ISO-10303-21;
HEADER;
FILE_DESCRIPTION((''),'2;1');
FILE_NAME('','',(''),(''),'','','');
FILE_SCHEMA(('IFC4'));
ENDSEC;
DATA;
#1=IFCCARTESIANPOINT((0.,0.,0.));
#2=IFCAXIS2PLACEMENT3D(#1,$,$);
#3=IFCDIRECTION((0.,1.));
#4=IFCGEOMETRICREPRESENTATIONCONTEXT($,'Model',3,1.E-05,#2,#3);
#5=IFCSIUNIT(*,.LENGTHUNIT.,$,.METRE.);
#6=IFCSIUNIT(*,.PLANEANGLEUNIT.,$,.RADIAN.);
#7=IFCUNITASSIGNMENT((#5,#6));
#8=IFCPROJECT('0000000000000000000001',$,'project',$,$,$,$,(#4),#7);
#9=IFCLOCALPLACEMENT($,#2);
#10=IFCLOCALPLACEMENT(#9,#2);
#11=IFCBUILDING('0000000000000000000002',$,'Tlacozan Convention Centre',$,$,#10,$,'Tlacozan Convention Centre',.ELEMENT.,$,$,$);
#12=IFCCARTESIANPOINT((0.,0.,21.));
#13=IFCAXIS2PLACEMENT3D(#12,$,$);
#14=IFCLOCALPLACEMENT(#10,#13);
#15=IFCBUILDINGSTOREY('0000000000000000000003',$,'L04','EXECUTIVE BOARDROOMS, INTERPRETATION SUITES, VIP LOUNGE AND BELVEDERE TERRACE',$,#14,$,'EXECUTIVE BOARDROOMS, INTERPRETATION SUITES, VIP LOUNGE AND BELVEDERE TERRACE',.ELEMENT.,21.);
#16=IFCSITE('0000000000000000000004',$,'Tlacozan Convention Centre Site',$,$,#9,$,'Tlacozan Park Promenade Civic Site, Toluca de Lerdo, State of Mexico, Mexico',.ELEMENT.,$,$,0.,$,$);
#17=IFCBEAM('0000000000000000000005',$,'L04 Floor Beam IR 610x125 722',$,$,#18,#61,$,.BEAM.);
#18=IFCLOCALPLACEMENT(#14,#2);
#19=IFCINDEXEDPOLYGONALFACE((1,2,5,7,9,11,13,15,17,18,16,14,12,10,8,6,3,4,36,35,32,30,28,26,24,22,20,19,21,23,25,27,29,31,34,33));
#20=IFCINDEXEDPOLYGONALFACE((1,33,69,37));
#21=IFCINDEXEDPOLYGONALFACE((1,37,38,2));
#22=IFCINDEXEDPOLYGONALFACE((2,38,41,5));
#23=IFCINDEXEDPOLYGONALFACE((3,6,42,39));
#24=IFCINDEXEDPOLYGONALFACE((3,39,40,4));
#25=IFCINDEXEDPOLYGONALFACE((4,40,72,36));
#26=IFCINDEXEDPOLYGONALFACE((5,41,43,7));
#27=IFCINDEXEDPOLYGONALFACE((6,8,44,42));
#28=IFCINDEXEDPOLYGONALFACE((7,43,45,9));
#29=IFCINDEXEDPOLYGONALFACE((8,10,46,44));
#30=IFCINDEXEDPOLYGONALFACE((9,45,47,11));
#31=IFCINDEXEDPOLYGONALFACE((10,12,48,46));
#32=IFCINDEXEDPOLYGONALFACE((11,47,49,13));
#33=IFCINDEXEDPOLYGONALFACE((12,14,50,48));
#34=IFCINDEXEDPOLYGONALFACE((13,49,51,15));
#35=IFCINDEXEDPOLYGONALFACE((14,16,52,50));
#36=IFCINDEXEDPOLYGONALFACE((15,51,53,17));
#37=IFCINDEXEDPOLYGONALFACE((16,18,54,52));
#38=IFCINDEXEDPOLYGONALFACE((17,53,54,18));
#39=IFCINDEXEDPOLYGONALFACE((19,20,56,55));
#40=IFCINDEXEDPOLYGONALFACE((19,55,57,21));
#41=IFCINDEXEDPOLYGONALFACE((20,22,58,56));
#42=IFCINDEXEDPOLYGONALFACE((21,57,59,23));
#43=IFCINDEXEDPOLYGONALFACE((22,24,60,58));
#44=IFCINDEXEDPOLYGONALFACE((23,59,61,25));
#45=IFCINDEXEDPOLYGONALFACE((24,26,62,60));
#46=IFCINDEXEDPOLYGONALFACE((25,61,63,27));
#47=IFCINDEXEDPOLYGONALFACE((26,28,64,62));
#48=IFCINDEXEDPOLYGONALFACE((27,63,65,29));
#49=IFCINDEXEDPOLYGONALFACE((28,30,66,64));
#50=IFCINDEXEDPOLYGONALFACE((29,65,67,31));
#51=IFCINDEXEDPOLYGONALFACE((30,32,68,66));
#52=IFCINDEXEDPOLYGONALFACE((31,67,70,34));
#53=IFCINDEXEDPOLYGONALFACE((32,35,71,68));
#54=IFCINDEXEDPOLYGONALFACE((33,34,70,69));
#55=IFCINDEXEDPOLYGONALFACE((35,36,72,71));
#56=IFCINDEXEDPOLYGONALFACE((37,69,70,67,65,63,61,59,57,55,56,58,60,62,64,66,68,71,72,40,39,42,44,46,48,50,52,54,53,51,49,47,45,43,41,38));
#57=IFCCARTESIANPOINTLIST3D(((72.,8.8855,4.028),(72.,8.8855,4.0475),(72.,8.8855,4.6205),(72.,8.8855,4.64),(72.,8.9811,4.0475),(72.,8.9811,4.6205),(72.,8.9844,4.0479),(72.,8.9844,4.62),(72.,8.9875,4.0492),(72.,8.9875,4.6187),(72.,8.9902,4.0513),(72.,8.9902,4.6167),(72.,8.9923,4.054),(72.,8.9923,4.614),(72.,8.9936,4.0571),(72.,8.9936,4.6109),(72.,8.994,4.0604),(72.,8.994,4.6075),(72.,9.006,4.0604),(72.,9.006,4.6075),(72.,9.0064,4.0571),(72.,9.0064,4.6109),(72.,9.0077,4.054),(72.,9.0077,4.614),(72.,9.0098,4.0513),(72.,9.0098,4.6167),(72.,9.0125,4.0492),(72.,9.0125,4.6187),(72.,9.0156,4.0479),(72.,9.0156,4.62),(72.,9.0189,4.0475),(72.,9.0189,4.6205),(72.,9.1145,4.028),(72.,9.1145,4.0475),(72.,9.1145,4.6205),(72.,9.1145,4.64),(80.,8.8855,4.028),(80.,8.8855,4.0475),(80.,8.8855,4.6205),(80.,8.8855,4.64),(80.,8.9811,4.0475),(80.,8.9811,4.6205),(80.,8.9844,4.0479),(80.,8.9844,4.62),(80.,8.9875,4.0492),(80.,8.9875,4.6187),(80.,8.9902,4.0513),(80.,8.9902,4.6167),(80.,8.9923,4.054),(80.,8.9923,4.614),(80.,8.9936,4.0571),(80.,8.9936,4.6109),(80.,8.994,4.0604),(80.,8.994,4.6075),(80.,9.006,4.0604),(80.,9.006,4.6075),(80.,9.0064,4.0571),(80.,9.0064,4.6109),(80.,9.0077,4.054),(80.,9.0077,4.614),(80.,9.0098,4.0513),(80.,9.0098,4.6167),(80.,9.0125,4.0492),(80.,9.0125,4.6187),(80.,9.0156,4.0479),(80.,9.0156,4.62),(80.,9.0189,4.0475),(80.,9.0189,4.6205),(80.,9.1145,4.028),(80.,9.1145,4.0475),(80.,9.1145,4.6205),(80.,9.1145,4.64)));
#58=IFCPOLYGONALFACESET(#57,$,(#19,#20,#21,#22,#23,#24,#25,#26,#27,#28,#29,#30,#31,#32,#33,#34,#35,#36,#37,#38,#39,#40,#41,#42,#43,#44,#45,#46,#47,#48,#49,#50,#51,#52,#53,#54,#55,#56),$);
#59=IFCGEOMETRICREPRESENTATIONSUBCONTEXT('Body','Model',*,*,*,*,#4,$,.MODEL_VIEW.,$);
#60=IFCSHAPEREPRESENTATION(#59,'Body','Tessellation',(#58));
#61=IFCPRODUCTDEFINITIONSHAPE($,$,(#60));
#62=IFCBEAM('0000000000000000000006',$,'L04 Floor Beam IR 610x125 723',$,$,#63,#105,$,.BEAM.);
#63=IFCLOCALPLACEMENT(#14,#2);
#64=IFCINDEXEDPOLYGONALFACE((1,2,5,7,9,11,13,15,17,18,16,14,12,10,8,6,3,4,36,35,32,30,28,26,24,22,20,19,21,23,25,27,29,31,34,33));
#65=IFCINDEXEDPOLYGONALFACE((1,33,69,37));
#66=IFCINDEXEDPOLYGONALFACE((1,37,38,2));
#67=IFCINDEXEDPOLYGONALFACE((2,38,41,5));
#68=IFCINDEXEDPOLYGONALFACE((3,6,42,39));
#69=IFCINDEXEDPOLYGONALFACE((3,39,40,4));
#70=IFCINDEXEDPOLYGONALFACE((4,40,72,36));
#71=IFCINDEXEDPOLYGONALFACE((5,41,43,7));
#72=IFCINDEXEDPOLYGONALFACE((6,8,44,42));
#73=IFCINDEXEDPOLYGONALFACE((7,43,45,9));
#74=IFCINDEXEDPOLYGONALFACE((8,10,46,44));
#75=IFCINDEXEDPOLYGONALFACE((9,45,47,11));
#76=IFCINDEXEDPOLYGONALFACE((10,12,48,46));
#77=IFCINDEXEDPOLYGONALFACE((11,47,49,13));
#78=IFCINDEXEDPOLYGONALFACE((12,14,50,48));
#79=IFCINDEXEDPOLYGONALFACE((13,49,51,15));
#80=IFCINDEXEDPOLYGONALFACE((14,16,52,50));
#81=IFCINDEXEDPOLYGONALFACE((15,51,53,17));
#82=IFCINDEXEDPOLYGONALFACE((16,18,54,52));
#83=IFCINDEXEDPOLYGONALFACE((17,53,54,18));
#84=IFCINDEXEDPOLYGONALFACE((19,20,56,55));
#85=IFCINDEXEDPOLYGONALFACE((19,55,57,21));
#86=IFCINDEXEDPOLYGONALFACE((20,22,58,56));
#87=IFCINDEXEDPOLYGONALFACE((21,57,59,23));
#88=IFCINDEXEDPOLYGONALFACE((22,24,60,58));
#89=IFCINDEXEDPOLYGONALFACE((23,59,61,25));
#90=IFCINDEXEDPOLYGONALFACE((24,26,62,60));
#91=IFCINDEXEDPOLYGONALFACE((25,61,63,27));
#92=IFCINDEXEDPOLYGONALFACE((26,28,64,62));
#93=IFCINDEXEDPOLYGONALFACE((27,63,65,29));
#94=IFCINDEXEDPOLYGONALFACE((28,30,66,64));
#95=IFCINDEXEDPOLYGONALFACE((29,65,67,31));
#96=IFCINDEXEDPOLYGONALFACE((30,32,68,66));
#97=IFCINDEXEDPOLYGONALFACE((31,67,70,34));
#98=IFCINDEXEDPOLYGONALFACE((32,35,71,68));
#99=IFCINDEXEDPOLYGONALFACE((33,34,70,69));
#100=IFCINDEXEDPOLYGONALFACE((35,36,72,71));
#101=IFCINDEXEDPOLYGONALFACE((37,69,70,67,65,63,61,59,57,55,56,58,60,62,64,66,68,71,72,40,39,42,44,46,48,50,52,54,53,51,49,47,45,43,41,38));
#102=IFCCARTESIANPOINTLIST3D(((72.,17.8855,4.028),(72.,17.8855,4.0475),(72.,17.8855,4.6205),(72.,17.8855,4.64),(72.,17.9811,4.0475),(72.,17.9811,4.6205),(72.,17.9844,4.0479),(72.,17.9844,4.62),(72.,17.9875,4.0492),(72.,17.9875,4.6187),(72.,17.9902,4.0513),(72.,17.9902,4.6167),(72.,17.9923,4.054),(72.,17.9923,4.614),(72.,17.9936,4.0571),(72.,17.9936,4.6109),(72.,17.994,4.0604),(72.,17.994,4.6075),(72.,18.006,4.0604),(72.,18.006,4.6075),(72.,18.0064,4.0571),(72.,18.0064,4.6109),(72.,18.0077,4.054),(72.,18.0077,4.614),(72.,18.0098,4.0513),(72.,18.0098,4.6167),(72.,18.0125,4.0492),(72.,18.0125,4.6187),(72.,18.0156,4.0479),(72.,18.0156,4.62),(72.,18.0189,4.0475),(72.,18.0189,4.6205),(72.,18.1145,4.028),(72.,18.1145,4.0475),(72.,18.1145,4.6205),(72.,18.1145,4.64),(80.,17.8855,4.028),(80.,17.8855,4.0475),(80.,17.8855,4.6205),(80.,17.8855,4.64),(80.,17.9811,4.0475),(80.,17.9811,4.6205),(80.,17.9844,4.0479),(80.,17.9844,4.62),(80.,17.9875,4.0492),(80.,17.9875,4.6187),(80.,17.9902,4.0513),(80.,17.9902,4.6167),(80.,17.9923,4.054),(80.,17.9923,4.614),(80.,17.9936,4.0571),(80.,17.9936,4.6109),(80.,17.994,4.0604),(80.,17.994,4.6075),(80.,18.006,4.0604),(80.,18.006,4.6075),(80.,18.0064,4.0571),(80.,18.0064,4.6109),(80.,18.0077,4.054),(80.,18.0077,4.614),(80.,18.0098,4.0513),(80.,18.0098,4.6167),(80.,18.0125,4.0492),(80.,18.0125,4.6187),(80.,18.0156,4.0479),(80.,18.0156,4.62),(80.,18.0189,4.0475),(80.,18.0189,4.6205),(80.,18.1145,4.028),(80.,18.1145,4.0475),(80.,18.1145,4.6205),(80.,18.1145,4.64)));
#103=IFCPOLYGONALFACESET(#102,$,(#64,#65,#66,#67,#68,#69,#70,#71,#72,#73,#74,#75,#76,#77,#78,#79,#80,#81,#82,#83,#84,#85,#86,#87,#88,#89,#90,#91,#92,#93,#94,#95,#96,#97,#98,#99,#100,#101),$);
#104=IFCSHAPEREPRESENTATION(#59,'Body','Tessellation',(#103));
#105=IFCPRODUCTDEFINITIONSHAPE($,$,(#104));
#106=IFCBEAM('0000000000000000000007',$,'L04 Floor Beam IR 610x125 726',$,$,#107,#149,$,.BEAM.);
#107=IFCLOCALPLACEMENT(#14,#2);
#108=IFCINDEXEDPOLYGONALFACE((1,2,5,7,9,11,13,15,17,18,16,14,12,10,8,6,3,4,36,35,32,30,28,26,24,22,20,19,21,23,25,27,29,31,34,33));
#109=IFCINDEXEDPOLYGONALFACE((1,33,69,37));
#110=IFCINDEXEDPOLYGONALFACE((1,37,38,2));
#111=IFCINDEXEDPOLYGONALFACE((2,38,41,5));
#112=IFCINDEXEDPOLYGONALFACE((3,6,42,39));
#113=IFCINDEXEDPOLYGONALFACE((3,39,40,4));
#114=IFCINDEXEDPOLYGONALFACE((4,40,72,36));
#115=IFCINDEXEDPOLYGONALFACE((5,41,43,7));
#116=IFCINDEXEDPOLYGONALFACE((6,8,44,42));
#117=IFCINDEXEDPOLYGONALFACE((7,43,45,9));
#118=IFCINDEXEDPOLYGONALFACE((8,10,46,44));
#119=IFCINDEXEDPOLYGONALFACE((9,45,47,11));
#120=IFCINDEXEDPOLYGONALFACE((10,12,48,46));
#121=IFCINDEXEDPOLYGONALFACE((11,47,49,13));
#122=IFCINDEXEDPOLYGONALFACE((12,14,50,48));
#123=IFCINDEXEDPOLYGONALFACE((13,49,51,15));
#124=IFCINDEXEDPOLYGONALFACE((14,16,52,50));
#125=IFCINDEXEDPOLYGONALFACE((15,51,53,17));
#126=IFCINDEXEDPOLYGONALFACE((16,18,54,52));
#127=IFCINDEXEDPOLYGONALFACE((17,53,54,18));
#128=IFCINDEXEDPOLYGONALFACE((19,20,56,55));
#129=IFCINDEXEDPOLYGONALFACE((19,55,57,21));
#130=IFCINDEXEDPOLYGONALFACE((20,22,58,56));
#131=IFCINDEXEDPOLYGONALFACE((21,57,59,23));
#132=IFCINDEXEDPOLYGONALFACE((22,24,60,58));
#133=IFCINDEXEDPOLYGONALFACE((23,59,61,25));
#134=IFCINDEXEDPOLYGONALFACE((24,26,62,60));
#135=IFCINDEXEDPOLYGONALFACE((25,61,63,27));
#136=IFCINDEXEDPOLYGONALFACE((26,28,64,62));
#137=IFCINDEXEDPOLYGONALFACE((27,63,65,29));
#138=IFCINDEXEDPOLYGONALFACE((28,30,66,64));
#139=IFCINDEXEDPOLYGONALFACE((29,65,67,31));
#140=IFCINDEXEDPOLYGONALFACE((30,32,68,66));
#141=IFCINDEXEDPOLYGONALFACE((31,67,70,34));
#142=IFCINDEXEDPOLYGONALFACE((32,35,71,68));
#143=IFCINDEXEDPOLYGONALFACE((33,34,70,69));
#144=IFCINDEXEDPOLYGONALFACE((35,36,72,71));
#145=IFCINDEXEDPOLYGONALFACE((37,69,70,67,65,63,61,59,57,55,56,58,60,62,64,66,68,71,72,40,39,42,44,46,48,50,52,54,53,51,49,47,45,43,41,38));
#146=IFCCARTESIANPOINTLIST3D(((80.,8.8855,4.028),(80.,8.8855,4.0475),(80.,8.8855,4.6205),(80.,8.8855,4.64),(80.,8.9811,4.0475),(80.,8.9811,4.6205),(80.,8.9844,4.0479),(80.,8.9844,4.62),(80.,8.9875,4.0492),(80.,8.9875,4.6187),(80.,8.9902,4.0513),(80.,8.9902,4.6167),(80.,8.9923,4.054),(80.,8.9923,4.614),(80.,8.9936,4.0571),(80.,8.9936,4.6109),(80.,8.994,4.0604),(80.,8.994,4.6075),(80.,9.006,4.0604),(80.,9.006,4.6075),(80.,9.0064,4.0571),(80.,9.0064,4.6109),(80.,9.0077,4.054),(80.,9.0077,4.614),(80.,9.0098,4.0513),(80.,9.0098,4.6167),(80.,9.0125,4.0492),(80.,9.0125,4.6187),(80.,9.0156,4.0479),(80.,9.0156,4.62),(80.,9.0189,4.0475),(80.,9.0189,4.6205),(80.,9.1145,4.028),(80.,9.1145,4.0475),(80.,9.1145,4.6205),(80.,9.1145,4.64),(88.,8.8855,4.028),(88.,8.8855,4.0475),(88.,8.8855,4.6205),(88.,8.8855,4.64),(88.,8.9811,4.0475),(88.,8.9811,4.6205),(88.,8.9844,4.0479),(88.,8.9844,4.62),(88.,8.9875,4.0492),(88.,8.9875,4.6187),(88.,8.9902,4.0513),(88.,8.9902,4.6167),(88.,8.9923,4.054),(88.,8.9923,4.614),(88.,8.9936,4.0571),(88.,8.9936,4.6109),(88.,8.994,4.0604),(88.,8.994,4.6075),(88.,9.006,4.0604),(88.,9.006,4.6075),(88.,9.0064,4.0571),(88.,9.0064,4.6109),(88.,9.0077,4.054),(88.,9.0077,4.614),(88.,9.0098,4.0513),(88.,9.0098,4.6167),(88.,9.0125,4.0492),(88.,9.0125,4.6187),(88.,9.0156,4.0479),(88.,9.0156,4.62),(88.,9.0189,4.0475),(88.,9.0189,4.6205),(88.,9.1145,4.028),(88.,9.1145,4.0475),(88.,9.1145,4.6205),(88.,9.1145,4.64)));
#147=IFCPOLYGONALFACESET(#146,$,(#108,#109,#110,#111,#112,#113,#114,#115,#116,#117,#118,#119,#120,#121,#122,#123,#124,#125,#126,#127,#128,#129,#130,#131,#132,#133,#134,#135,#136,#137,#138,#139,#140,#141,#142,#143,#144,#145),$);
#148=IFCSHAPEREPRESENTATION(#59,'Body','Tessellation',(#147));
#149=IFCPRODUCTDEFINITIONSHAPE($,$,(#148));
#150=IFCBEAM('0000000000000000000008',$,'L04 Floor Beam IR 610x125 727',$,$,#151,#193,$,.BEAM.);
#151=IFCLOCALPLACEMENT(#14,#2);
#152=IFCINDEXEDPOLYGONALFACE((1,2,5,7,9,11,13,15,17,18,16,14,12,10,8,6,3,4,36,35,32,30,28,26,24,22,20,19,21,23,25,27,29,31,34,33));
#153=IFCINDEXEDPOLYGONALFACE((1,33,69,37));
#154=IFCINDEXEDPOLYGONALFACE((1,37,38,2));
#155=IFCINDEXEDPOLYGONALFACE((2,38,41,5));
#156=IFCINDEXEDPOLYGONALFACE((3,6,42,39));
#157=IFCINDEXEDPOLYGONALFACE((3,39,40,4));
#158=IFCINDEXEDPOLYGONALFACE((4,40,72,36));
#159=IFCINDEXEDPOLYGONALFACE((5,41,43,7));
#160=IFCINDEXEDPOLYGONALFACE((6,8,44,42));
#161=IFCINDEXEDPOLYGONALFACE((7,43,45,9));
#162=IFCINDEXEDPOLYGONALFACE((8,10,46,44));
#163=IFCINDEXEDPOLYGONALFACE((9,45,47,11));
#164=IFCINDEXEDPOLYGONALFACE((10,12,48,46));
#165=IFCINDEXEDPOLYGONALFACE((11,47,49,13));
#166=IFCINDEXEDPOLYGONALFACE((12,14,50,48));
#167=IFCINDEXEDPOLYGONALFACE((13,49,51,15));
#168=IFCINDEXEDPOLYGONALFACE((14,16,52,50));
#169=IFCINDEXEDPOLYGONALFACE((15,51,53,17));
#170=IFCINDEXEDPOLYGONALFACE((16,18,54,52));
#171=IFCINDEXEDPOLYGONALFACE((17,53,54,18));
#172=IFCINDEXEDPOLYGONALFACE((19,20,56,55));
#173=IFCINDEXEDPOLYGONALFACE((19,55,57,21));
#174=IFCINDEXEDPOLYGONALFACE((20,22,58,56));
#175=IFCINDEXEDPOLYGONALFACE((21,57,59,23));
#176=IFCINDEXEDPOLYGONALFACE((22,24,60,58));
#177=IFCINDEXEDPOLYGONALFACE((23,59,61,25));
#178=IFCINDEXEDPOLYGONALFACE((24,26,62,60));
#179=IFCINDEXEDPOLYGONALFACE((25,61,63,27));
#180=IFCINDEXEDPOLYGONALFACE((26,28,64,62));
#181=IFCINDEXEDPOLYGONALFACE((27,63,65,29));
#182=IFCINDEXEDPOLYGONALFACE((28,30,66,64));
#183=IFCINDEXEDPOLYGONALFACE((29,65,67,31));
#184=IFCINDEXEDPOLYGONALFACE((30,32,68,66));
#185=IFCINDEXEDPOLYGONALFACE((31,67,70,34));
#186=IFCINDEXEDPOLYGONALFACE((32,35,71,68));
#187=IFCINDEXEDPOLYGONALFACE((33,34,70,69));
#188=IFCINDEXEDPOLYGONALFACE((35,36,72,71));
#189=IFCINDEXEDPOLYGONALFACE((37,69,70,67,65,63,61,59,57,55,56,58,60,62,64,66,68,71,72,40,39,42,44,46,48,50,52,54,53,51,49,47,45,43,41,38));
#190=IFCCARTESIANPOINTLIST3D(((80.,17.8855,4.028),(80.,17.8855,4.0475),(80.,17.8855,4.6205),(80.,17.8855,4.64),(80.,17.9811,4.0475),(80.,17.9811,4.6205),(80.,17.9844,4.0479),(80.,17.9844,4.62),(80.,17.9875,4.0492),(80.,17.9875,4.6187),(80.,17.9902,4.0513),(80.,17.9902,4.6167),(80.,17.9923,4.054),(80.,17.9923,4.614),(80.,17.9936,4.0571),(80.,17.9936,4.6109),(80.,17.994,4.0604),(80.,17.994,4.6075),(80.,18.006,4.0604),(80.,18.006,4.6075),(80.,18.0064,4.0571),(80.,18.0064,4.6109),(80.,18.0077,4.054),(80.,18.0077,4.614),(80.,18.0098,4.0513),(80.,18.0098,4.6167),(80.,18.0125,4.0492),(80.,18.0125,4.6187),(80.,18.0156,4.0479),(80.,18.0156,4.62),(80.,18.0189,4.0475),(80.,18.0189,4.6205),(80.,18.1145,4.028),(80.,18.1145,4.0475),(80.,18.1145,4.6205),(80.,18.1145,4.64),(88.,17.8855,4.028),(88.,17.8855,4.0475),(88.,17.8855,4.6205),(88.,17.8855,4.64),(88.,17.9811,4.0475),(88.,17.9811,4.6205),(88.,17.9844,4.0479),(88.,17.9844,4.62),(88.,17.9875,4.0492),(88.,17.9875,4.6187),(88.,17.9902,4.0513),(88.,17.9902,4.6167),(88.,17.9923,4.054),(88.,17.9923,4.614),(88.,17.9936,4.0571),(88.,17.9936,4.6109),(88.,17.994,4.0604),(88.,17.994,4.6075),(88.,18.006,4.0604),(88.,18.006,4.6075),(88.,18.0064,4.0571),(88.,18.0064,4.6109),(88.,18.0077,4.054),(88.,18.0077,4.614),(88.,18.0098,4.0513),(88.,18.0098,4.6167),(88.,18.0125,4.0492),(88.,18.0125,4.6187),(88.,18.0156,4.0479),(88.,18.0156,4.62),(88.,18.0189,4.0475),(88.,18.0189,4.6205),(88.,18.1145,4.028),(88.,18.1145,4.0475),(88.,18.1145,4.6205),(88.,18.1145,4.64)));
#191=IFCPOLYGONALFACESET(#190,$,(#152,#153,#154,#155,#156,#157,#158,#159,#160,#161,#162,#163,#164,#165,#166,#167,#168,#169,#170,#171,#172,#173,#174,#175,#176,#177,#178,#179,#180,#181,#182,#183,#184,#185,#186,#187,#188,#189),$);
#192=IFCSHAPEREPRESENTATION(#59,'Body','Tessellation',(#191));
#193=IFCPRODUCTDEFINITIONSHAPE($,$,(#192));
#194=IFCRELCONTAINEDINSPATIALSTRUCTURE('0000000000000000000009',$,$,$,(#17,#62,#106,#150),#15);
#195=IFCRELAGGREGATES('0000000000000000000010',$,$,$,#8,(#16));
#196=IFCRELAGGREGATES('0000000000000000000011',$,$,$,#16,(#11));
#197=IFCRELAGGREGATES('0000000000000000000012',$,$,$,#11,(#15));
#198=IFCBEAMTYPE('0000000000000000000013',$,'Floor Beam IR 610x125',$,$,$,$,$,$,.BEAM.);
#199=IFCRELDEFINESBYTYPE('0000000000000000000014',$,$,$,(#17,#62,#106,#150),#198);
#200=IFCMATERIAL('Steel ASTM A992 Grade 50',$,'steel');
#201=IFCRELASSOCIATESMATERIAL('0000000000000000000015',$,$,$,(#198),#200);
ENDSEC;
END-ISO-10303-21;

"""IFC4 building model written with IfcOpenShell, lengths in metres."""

from ifc_helpers import new_model, si_unit, direction, frame, origin, origin_2d, place, context, subcontext, project, spatial, i_section, extrude, material, material_profile, profile_set, type_object, element, save


model = new_model("IFC4")

# Units and contexts
model_context = context("Model", 3, precision=1e-05, world=origin(), true_north=direction((0.0, 1.0)))
body_context = subcontext(model_context, "Body", "Model", "MODEL_VIEW")
ifc_project = project(units=[si_unit("LENGTHUNIT", "METRE"), si_unit("PLANEANGLEUNIT", "RADIAN")], contexts=[model_context])

# Site, building, storey
site_placement = place(None, origin())
site = spatial("IfcSite", under=ifc_project, at=site_placement, Name="Tlacozan Convention Centre Site", LongName="Tlacozan Park Promenade Civic Site, Toluca de Lerdo, State of Mexico, Mexico", CompositionType="ELEMENT", RefElevation=0.0)
building_placement = place(site_placement, origin())
building = spatial("IfcBuilding", under=site, at=building_placement, Name="Tlacozan Convention Centre", LongName="Tlacozan Convention Centre", CompositionType="ELEMENT")
storey_placement = place(building_placement, frame((0.0, 0.0, 21.0)))
storey = spatial("IfcBuildingStorey", under=building, at=storey_placement, Name="L04", Description="EXECUTIVE BOARDROOMS, INTERPRETATION SUITES, VIP LOUNGE AND BELVEDERE TERRACE", LongName="EXECUTIVE BOARDROOMS, INTERPRETATION SUITES, VIP LOUNGE AND BELVEDERE TERRACE", CompositionType="ELEMENT", Elevation=21.0)

# Beams
ifc_material_1 = material(Name="Steel ASTM A992 Grade 50", Category="steel")
ifc_material_profile_1 = material_profile(ifc_material_1, i_section(OverallWidth=0.229, OverallDepth=0.6121, WebThickness=0.012, FlangeThickness=0.0195, FilletRadius=0.0129, at=origin_2d()), Name="IR 610x125.0")
ifc_profile_set_1 = profile_set([ifc_material_profile_1], Name="Steel ASTM A992 Grade 50")
beam_type_1 = type_object("IfcBeamType", Name="Floor Beam IR 610x125", PredefinedType="BEAM", material=ifc_profile_set_1)
for number, where, z_axis, x_axis, name in (
    (1, (72.0, 9.0, 4.334), (1.0, 0.0, 0.0), (0.0, 1.0, 0.0), "L04 Floor Beam IR 610x125 722"),
    (2, (72.0, 18.0, 4.334), (1.0, 0.0, 0.0), (0.0, 1.0, 0.0), "L04 Floor Beam IR 610x125 723"),
    (3, (80.0, 9.0, 4.334), (1.0, 0.0, 0.0), (0.0, 1.0, 0.0), "L04 Floor Beam IR 610x125 726"),
    (4, (80.0, 18.0, 4.334), (1.0, 0.0, 0.0), (0.0, 1.0, 0.0), "L04 Floor Beam IR 610x125 727"),
):
    element("IfcBeam", number, at=place(storey_placement, frame(where, z_axis=z_axis, x_axis=x_axis)), inside=storey, type_object=beam_type_1, Name=name, PredefinedType="BEAM", context=body_context, shape_type="SweptSolid", body=[
        extrude(i_section(OverallWidth=0.229, OverallDepth=0.6121, WebThickness=0.012, FlangeThickness=0.0195, FilletRadius=0.0129, at=origin_2d()), origin(), (0.0, 0.0, 1.0), 8.0),
    ])

save(model, "model.ifc")
